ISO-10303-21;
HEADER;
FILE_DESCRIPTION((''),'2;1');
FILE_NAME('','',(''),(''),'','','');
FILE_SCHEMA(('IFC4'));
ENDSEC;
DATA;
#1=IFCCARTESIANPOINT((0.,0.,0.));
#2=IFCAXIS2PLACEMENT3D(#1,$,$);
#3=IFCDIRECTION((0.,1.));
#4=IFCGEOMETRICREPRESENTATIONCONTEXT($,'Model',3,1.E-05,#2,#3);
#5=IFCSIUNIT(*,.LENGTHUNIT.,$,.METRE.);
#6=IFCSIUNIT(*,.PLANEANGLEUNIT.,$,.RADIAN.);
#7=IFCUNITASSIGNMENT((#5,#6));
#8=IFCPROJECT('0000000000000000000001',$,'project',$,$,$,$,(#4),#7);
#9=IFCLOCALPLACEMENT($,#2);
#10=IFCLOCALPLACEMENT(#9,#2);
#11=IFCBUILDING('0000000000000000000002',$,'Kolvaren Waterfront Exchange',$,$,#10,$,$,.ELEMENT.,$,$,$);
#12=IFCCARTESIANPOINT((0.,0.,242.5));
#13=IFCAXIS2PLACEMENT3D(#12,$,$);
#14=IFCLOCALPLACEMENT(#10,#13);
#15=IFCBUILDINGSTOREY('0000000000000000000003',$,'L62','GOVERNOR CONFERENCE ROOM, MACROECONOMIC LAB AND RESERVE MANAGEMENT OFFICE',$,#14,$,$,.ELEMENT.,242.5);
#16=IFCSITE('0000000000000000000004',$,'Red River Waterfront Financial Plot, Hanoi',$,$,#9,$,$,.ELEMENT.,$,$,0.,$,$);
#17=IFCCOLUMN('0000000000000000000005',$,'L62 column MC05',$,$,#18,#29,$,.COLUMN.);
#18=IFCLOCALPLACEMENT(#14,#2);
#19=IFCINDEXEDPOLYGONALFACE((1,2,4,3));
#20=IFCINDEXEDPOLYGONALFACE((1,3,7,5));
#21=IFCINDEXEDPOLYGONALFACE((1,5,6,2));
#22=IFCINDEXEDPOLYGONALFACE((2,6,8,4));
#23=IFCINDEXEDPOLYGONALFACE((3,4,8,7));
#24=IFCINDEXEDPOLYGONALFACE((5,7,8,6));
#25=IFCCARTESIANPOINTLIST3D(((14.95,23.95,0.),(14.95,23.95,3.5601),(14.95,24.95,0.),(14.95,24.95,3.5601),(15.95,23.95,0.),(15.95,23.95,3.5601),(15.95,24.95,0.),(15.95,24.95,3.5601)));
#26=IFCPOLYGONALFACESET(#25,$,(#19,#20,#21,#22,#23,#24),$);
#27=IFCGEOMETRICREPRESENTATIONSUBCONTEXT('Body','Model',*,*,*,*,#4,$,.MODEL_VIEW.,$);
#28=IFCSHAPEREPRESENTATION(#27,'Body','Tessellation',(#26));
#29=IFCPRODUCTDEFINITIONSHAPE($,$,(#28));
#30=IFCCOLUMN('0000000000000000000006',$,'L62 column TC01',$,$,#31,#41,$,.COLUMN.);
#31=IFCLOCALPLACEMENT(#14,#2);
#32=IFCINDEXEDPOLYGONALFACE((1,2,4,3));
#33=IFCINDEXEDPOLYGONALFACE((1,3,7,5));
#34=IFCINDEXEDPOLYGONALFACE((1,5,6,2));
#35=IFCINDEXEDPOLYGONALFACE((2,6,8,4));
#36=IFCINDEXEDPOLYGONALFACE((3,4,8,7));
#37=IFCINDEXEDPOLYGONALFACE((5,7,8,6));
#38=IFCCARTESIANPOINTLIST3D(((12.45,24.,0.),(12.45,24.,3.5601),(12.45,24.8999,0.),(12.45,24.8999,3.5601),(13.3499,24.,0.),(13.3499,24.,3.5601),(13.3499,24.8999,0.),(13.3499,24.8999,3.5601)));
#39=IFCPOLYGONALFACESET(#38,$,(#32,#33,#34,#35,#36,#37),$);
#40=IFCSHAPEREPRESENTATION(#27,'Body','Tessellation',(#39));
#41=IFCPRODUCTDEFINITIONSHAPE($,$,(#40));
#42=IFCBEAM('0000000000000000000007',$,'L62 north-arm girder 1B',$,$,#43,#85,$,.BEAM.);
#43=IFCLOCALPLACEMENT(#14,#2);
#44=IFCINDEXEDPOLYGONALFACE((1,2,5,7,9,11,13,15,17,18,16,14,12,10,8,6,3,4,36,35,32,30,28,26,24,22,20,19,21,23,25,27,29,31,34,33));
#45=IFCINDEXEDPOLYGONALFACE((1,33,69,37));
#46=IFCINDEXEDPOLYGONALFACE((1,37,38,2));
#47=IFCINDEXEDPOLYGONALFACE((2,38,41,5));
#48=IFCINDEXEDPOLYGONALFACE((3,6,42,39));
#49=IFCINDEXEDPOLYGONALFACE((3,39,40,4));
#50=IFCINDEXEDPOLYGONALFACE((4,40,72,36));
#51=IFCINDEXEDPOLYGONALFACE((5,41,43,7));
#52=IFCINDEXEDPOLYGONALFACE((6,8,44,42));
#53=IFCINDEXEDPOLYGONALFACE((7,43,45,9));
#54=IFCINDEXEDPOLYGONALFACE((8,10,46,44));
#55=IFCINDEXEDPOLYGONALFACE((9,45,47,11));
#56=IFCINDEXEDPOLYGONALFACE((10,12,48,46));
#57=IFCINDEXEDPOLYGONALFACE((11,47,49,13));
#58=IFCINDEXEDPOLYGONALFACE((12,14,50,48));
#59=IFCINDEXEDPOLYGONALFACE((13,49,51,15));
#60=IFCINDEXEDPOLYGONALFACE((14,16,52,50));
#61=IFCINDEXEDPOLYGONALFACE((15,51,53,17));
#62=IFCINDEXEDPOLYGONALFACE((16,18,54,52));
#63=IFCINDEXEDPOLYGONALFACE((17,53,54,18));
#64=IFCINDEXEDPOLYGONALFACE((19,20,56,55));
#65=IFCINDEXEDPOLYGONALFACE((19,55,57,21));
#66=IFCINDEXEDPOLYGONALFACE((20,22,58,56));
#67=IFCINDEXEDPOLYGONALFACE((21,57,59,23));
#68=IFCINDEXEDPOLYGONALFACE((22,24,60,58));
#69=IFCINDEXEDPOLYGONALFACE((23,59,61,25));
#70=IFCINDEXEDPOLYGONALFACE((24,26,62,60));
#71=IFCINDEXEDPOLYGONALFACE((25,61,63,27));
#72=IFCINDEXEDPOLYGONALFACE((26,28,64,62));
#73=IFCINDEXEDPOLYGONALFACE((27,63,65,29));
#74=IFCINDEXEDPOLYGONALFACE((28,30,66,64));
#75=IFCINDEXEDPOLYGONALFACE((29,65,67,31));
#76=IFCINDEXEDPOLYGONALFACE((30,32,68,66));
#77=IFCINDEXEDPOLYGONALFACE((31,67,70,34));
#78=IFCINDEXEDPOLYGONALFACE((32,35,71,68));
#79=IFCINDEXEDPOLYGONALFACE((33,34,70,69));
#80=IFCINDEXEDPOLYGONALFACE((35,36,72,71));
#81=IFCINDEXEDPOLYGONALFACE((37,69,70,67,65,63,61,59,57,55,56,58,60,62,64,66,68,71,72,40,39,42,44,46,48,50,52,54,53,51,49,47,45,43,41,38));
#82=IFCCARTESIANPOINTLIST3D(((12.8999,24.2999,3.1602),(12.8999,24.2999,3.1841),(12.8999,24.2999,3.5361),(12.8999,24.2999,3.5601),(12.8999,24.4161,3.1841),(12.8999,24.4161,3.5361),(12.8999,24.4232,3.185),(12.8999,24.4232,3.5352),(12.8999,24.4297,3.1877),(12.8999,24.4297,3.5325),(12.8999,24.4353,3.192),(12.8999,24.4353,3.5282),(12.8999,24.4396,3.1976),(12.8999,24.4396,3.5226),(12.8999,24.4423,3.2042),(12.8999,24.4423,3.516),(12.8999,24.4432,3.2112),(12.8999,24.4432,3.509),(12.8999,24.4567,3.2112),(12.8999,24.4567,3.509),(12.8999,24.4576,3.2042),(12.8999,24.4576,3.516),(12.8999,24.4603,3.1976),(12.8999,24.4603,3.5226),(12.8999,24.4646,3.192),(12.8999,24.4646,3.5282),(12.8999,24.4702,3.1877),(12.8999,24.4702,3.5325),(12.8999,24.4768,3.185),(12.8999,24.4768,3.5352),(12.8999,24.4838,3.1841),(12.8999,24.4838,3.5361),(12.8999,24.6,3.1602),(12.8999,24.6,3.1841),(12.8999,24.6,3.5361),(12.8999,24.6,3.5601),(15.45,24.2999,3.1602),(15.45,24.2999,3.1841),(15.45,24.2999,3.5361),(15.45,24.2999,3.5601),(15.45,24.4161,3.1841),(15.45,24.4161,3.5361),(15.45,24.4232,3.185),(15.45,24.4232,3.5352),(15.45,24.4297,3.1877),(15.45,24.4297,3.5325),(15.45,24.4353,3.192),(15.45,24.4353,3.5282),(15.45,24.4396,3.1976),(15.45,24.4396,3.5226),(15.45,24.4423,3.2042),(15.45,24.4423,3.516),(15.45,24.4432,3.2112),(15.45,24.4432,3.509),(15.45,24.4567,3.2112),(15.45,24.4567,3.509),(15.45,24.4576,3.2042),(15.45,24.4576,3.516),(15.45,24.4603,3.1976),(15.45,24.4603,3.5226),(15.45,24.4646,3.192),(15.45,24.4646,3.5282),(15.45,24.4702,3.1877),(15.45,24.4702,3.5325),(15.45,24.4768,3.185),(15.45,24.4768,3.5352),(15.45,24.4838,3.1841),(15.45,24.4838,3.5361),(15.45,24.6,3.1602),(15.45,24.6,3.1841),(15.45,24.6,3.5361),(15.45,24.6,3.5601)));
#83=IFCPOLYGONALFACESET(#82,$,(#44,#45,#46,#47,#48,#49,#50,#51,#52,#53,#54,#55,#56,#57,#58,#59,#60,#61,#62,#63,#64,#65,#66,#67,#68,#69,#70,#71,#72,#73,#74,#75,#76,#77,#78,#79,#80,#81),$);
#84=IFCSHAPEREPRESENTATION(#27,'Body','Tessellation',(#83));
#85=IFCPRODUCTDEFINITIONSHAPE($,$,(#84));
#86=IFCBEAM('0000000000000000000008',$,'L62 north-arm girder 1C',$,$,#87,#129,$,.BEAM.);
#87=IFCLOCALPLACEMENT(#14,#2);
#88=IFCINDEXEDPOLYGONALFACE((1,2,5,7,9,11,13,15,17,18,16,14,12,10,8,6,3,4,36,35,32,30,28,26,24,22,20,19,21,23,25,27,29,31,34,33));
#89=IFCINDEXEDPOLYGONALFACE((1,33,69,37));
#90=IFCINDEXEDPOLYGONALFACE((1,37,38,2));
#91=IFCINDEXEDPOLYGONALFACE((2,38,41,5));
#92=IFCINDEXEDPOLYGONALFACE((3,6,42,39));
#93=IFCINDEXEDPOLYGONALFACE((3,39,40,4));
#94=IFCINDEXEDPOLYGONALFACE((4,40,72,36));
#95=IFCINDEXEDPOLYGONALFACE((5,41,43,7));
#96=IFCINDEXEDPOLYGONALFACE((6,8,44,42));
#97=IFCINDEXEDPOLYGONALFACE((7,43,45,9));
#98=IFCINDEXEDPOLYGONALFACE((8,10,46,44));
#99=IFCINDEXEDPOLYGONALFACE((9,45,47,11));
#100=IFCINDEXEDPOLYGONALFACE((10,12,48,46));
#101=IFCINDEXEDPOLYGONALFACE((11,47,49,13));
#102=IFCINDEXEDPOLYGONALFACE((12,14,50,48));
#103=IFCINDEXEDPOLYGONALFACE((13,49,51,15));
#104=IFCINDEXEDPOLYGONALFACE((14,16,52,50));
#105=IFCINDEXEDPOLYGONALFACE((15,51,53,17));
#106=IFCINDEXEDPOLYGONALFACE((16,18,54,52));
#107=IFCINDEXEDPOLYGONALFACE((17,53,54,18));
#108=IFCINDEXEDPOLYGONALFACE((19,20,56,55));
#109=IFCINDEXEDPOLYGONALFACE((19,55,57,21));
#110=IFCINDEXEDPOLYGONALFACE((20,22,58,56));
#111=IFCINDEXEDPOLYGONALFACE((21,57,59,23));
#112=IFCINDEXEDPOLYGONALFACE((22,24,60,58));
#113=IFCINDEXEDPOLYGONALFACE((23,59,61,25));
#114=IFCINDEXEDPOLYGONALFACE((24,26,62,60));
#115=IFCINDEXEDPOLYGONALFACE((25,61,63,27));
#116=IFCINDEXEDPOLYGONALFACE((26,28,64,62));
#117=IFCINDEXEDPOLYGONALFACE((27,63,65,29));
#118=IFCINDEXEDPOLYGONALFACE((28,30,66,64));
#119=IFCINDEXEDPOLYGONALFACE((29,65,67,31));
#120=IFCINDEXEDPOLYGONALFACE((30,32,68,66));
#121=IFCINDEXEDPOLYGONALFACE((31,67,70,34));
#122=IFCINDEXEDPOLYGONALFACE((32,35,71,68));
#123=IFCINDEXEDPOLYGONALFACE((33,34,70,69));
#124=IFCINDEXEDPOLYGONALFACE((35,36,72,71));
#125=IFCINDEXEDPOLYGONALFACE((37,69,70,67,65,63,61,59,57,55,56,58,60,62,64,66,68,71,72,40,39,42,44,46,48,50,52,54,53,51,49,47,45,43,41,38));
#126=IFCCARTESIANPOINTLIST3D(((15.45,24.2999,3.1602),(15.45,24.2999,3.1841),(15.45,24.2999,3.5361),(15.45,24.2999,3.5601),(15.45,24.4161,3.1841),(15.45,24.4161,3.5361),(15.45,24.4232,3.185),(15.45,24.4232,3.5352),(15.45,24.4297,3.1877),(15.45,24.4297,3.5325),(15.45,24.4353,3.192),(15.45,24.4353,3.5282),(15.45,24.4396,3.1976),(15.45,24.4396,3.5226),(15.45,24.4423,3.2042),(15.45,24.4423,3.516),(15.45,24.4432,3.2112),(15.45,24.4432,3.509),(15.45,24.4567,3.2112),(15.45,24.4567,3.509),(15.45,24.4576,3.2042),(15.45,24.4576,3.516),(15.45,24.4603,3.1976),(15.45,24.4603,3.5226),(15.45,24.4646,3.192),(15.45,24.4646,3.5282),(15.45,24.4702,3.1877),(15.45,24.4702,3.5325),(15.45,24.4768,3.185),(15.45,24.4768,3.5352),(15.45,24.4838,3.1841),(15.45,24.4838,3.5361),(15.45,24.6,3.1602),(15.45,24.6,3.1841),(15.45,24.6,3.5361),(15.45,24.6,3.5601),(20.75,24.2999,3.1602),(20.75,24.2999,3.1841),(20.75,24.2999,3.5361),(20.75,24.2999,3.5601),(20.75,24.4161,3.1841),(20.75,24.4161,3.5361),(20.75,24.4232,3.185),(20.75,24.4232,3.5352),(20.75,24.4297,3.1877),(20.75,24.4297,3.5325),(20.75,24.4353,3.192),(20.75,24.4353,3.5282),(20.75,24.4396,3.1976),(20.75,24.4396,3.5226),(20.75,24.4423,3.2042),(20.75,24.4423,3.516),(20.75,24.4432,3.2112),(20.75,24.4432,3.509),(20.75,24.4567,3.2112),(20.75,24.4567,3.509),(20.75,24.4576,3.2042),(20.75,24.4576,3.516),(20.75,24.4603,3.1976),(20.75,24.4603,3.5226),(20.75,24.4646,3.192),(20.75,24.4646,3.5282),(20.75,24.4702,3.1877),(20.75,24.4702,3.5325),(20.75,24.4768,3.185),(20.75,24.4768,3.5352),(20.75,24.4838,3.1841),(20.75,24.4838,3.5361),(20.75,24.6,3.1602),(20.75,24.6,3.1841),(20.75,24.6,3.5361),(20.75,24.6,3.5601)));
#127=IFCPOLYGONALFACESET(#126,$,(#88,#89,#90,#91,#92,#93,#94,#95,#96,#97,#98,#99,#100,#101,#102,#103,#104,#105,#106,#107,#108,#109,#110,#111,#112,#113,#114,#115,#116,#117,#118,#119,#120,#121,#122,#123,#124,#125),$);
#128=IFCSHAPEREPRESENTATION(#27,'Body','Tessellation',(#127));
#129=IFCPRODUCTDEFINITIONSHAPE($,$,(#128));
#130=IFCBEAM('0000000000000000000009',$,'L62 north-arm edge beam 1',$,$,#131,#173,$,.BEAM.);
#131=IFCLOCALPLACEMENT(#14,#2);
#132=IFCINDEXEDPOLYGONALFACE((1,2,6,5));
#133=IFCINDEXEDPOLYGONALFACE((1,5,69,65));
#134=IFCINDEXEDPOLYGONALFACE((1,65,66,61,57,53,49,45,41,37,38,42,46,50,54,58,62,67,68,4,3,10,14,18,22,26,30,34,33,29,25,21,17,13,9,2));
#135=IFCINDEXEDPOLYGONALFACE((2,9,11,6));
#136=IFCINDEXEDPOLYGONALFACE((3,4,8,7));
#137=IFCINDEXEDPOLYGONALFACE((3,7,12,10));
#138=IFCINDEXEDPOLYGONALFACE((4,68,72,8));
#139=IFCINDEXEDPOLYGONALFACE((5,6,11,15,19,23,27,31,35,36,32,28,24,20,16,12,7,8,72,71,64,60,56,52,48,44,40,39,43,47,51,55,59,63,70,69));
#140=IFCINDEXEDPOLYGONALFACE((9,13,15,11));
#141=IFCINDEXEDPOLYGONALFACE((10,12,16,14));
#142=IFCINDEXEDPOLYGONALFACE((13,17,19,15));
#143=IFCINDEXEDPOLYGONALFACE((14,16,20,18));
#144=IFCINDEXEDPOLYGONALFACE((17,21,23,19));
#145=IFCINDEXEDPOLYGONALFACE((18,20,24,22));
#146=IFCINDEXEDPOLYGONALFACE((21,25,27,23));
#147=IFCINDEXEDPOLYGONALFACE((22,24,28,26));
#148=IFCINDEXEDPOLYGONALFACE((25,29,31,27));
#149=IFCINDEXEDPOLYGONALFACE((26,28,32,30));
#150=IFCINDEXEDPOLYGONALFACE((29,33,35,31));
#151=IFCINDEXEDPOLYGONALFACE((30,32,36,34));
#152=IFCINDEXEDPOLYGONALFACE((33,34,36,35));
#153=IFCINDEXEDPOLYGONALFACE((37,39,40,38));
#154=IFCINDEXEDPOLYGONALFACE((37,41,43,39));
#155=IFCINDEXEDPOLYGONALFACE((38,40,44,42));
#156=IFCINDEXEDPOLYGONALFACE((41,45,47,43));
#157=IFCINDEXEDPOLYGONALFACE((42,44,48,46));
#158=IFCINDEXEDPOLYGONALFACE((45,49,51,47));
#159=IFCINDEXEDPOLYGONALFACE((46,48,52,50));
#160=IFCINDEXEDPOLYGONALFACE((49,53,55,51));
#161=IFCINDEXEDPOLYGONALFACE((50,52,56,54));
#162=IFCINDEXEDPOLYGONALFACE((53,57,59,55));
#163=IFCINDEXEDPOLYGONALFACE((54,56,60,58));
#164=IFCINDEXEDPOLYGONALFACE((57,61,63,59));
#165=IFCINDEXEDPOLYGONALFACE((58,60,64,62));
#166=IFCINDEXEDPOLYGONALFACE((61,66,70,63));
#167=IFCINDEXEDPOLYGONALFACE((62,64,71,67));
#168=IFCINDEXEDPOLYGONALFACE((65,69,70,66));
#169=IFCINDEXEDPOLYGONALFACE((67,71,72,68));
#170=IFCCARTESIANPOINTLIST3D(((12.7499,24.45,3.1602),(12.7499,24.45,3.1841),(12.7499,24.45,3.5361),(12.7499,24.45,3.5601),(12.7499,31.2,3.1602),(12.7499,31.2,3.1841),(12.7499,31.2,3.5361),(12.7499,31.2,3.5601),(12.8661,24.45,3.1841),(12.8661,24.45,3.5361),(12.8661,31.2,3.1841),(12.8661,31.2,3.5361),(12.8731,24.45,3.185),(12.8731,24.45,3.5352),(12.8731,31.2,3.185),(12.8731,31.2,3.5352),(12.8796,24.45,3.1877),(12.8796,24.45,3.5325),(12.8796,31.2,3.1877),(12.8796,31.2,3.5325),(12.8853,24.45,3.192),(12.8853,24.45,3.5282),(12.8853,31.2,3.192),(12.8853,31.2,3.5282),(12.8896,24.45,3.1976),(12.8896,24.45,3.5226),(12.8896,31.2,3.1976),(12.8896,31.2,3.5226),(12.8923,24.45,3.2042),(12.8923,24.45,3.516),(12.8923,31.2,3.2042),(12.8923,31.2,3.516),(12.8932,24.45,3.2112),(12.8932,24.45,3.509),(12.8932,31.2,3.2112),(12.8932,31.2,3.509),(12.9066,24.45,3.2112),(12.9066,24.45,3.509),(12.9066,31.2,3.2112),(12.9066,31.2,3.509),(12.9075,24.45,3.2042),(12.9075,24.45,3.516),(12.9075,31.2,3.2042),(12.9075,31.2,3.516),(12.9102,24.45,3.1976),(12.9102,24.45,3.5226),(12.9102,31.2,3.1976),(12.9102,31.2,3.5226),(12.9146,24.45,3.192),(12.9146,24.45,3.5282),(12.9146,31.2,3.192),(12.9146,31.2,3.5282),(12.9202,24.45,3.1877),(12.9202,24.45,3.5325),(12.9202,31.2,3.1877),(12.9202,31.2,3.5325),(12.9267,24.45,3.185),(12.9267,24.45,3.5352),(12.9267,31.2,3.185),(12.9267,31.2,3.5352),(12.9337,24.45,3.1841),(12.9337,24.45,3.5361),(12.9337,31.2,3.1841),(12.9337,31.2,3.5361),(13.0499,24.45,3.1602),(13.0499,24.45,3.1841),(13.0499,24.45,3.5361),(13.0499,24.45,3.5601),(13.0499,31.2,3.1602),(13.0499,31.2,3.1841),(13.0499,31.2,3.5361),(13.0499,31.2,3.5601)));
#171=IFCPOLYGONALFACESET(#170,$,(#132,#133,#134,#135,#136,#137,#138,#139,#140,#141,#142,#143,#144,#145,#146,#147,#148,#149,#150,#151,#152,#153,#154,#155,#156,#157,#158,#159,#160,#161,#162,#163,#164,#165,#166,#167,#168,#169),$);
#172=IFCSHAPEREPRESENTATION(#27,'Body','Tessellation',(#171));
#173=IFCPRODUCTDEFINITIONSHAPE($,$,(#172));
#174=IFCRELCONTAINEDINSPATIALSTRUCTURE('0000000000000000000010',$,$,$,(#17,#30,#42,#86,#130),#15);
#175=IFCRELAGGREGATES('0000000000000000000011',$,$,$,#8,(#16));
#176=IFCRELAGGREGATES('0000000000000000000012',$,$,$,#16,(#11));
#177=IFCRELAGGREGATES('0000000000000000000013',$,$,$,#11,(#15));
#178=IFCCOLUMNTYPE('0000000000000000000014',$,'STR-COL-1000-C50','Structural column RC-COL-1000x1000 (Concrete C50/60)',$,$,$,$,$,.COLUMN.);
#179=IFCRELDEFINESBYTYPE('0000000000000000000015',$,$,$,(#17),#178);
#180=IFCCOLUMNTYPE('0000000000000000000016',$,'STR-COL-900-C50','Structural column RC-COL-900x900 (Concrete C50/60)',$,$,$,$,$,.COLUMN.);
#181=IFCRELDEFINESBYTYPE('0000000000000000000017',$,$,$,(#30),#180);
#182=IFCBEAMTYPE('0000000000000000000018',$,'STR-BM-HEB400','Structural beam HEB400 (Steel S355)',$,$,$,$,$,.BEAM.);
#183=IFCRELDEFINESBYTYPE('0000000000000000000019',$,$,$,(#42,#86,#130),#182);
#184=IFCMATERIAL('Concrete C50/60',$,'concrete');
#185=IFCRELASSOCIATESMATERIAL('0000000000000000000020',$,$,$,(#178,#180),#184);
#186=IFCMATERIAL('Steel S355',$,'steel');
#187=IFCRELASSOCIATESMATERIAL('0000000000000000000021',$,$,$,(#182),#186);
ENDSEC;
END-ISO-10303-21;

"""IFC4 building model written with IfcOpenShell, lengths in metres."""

from ifc_helpers import new_model, si_unit, direction, frame, origin, origin_2d, place, context, subcontext, project, spatial, rectangle, i_section, extrude, material, material_profile, profile_set, type_object, element, save


model = new_model("IFC4")

# Units and contexts
model_context = context("Model", 3, precision=1e-05, world=origin(), true_north=direction((0.0, 1.0)))
body_context = subcontext(model_context, "Body", "Model", "MODEL_VIEW")
ifc_project = project(units=[si_unit("LENGTHUNIT", "METRE"), si_unit("PLANEANGLEUNIT", "RADIAN")], contexts=[model_context])

# Site, building, storey
site_placement = place(None, origin())
site = spatial("IfcSite", under=ifc_project, at=site_placement, Name="Red River Waterfront Financial Plot, Hanoi", CompositionType="ELEMENT", RefElevation=0.0)
building_placement = place(site_placement, origin())
building = spatial("IfcBuilding", under=site, at=building_placement, Name="Kolvaren Waterfront Exchange", CompositionType="ELEMENT")
storey_placement = place(building_placement, frame((0.0, 0.0, 242.5)))
storey = spatial("IfcBuildingStorey", under=building, at=storey_placement, Name="L62", Description="GOVERNOR CONFERENCE ROOM, MACROECONOMIC LAB AND RESERVE MANAGEMENT OFFICE", CompositionType="ELEMENT", Elevation=242.5)

# Columns
ifc_material_1 = material(Name="Concrete C50/60", Category="concrete")
ifc_material_profile_1 = material_profile(ifc_material_1, rectangle(XDim=1.0, YDim=1.0, at=origin_2d()), Name="RC-COL-1000x1000")
ifc_profile_set_1 = profile_set([ifc_material_profile_1], Name="Concrete C50/60")
column_type_1 = type_object("IfcColumnType", Name="STR-COL-1000-C50", Description="Structural column RC-COL-1000x1000 (Concrete C50/60)", PredefinedType="COLUMN", material=ifc_profile_set_1)
column_1_placement = place(storey_placement, frame((15.45, 24.45, 0.0), z_axis=(0.0, 0.0, 1.0), x_axis=(1.0, 0.0, 0.0)))
element("IfcColumn", 1, at=column_1_placement, inside=storey, type_object=column_type_1, Name="L62 column MC05", PredefinedType="COLUMN", context=body_context, shape_type="SweptSolid", body=[
    extrude(rectangle(XDim=1.0, YDim=1.0, at=origin_2d()), origin(), (0.0, 0.0, 1.0), 3.5601),
])
ifc_material_profile_2 = material_profile(ifc_material_1, rectangle(XDim=0.8999, YDim=0.8999, at=origin_2d()), Name="RC-COL-900x900")
ifc_profile_set_2 = profile_set([ifc_material_profile_2], Name="Concrete C50/60")
column_type_2 = type_object("IfcColumnType", Name="STR-COL-900-C50", Description="Structural column RC-COL-900x900 (Concrete C50/60)", PredefinedType="COLUMN", material=ifc_profile_set_2)
column_2_placement = place(storey_placement, frame((12.8999, 24.45, 0.0), z_axis=(0.0, 0.0, 1.0), x_axis=(1.0, 0.0, 0.0)))
element("IfcColumn", 2, at=column_2_placement, inside=storey, type_object=column_type_2, Name="L62 column TC01", PredefinedType="COLUMN", context=body_context, shape_type="SweptSolid", body=[
    extrude(rectangle(XDim=0.8999, YDim=0.8999, at=origin_2d()), origin(), (0.0, 0.0, 1.0), 3.5601),
])

# Beams
ifc_material_2 = material(Name="Steel S355", Category="steel")
ifc_material_profile_3 = material_profile(ifc_material_2, i_section(OverallWidth=0.3, OverallDepth=0.3999, WebThickness=0.0134, FlangeThickness=0.0239, FilletRadius=0.0271, at=origin_2d()), Name="HEB400")
ifc_profile_set_3 = profile_set([ifc_material_profile_3], Name="Steel S355")
beam_type_1 = type_object("IfcBeamType", Name="STR-BM-HEB400", Description="Structural beam HEB400 (Steel S355)", PredefinedType="BEAM", material=ifc_profile_set_3)
beam_1_placement = place(storey_placement, frame((12.8999, 24.45, 3.3601), z_axis=(1.0, 0.0, 0.0), x_axis=(0.0, 1.0, 0.0)))
element("IfcBeam", 3, at=beam_1_placement, inside=storey, type_object=beam_type_1, Name="L62 north-arm girder 1B", PredefinedType="BEAM", context=body_context, shape_type="SweptSolid", body=[
    extrude(i_section(OverallWidth=0.3, OverallDepth=0.3999, WebThickness=0.0134, FlangeThickness=0.0239, FilletRadius=0.0271, at=origin_2d()), origin(), (0.0, 0.0, 1.0), 2.55),
])
beam_2_placement = place(storey_placement, frame((15.45, 24.45, 3.3601), z_axis=(1.0, 0.0, 0.0), x_axis=(0.0, 1.0, 0.0)))
element("IfcBeam", 4, at=beam_2_placement, inside=storey, type_object=beam_type_1, Name="L62 north-arm girder 1C", PredefinedType="BEAM", context=body_context, shape_type="SweptSolid", body=[
    extrude(i_section(OverallWidth=0.3, OverallDepth=0.3999, WebThickness=0.0134, FlangeThickness=0.0239, FilletRadius=0.0271, at=origin_2d()), origin(), (0.0, 0.0, 1.0), 5.3),
])
beam_3_placement = place(storey_placement, frame((12.8999, 24.45, 3.3601), z_axis=(0.0, 1.0, 0.0), x_axis=(-1.0, 0.0, 0.0)))
element("IfcBeam", 5, at=beam_3_placement, inside=storey, type_object=beam_type_1, Name="L62 north-arm edge beam 1", PredefinedType="BEAM", context=body_context, shape_type="SweptSolid", body=[
    extrude(i_section(OverallWidth=0.3, OverallDepth=0.3999, WebThickness=0.0134, FlangeThickness=0.0239, FilletRadius=0.0271, at=origin_2d()), origin(), (0.0, 0.0, 1.0), 6.75),
])

save(model, "model.ifc")
